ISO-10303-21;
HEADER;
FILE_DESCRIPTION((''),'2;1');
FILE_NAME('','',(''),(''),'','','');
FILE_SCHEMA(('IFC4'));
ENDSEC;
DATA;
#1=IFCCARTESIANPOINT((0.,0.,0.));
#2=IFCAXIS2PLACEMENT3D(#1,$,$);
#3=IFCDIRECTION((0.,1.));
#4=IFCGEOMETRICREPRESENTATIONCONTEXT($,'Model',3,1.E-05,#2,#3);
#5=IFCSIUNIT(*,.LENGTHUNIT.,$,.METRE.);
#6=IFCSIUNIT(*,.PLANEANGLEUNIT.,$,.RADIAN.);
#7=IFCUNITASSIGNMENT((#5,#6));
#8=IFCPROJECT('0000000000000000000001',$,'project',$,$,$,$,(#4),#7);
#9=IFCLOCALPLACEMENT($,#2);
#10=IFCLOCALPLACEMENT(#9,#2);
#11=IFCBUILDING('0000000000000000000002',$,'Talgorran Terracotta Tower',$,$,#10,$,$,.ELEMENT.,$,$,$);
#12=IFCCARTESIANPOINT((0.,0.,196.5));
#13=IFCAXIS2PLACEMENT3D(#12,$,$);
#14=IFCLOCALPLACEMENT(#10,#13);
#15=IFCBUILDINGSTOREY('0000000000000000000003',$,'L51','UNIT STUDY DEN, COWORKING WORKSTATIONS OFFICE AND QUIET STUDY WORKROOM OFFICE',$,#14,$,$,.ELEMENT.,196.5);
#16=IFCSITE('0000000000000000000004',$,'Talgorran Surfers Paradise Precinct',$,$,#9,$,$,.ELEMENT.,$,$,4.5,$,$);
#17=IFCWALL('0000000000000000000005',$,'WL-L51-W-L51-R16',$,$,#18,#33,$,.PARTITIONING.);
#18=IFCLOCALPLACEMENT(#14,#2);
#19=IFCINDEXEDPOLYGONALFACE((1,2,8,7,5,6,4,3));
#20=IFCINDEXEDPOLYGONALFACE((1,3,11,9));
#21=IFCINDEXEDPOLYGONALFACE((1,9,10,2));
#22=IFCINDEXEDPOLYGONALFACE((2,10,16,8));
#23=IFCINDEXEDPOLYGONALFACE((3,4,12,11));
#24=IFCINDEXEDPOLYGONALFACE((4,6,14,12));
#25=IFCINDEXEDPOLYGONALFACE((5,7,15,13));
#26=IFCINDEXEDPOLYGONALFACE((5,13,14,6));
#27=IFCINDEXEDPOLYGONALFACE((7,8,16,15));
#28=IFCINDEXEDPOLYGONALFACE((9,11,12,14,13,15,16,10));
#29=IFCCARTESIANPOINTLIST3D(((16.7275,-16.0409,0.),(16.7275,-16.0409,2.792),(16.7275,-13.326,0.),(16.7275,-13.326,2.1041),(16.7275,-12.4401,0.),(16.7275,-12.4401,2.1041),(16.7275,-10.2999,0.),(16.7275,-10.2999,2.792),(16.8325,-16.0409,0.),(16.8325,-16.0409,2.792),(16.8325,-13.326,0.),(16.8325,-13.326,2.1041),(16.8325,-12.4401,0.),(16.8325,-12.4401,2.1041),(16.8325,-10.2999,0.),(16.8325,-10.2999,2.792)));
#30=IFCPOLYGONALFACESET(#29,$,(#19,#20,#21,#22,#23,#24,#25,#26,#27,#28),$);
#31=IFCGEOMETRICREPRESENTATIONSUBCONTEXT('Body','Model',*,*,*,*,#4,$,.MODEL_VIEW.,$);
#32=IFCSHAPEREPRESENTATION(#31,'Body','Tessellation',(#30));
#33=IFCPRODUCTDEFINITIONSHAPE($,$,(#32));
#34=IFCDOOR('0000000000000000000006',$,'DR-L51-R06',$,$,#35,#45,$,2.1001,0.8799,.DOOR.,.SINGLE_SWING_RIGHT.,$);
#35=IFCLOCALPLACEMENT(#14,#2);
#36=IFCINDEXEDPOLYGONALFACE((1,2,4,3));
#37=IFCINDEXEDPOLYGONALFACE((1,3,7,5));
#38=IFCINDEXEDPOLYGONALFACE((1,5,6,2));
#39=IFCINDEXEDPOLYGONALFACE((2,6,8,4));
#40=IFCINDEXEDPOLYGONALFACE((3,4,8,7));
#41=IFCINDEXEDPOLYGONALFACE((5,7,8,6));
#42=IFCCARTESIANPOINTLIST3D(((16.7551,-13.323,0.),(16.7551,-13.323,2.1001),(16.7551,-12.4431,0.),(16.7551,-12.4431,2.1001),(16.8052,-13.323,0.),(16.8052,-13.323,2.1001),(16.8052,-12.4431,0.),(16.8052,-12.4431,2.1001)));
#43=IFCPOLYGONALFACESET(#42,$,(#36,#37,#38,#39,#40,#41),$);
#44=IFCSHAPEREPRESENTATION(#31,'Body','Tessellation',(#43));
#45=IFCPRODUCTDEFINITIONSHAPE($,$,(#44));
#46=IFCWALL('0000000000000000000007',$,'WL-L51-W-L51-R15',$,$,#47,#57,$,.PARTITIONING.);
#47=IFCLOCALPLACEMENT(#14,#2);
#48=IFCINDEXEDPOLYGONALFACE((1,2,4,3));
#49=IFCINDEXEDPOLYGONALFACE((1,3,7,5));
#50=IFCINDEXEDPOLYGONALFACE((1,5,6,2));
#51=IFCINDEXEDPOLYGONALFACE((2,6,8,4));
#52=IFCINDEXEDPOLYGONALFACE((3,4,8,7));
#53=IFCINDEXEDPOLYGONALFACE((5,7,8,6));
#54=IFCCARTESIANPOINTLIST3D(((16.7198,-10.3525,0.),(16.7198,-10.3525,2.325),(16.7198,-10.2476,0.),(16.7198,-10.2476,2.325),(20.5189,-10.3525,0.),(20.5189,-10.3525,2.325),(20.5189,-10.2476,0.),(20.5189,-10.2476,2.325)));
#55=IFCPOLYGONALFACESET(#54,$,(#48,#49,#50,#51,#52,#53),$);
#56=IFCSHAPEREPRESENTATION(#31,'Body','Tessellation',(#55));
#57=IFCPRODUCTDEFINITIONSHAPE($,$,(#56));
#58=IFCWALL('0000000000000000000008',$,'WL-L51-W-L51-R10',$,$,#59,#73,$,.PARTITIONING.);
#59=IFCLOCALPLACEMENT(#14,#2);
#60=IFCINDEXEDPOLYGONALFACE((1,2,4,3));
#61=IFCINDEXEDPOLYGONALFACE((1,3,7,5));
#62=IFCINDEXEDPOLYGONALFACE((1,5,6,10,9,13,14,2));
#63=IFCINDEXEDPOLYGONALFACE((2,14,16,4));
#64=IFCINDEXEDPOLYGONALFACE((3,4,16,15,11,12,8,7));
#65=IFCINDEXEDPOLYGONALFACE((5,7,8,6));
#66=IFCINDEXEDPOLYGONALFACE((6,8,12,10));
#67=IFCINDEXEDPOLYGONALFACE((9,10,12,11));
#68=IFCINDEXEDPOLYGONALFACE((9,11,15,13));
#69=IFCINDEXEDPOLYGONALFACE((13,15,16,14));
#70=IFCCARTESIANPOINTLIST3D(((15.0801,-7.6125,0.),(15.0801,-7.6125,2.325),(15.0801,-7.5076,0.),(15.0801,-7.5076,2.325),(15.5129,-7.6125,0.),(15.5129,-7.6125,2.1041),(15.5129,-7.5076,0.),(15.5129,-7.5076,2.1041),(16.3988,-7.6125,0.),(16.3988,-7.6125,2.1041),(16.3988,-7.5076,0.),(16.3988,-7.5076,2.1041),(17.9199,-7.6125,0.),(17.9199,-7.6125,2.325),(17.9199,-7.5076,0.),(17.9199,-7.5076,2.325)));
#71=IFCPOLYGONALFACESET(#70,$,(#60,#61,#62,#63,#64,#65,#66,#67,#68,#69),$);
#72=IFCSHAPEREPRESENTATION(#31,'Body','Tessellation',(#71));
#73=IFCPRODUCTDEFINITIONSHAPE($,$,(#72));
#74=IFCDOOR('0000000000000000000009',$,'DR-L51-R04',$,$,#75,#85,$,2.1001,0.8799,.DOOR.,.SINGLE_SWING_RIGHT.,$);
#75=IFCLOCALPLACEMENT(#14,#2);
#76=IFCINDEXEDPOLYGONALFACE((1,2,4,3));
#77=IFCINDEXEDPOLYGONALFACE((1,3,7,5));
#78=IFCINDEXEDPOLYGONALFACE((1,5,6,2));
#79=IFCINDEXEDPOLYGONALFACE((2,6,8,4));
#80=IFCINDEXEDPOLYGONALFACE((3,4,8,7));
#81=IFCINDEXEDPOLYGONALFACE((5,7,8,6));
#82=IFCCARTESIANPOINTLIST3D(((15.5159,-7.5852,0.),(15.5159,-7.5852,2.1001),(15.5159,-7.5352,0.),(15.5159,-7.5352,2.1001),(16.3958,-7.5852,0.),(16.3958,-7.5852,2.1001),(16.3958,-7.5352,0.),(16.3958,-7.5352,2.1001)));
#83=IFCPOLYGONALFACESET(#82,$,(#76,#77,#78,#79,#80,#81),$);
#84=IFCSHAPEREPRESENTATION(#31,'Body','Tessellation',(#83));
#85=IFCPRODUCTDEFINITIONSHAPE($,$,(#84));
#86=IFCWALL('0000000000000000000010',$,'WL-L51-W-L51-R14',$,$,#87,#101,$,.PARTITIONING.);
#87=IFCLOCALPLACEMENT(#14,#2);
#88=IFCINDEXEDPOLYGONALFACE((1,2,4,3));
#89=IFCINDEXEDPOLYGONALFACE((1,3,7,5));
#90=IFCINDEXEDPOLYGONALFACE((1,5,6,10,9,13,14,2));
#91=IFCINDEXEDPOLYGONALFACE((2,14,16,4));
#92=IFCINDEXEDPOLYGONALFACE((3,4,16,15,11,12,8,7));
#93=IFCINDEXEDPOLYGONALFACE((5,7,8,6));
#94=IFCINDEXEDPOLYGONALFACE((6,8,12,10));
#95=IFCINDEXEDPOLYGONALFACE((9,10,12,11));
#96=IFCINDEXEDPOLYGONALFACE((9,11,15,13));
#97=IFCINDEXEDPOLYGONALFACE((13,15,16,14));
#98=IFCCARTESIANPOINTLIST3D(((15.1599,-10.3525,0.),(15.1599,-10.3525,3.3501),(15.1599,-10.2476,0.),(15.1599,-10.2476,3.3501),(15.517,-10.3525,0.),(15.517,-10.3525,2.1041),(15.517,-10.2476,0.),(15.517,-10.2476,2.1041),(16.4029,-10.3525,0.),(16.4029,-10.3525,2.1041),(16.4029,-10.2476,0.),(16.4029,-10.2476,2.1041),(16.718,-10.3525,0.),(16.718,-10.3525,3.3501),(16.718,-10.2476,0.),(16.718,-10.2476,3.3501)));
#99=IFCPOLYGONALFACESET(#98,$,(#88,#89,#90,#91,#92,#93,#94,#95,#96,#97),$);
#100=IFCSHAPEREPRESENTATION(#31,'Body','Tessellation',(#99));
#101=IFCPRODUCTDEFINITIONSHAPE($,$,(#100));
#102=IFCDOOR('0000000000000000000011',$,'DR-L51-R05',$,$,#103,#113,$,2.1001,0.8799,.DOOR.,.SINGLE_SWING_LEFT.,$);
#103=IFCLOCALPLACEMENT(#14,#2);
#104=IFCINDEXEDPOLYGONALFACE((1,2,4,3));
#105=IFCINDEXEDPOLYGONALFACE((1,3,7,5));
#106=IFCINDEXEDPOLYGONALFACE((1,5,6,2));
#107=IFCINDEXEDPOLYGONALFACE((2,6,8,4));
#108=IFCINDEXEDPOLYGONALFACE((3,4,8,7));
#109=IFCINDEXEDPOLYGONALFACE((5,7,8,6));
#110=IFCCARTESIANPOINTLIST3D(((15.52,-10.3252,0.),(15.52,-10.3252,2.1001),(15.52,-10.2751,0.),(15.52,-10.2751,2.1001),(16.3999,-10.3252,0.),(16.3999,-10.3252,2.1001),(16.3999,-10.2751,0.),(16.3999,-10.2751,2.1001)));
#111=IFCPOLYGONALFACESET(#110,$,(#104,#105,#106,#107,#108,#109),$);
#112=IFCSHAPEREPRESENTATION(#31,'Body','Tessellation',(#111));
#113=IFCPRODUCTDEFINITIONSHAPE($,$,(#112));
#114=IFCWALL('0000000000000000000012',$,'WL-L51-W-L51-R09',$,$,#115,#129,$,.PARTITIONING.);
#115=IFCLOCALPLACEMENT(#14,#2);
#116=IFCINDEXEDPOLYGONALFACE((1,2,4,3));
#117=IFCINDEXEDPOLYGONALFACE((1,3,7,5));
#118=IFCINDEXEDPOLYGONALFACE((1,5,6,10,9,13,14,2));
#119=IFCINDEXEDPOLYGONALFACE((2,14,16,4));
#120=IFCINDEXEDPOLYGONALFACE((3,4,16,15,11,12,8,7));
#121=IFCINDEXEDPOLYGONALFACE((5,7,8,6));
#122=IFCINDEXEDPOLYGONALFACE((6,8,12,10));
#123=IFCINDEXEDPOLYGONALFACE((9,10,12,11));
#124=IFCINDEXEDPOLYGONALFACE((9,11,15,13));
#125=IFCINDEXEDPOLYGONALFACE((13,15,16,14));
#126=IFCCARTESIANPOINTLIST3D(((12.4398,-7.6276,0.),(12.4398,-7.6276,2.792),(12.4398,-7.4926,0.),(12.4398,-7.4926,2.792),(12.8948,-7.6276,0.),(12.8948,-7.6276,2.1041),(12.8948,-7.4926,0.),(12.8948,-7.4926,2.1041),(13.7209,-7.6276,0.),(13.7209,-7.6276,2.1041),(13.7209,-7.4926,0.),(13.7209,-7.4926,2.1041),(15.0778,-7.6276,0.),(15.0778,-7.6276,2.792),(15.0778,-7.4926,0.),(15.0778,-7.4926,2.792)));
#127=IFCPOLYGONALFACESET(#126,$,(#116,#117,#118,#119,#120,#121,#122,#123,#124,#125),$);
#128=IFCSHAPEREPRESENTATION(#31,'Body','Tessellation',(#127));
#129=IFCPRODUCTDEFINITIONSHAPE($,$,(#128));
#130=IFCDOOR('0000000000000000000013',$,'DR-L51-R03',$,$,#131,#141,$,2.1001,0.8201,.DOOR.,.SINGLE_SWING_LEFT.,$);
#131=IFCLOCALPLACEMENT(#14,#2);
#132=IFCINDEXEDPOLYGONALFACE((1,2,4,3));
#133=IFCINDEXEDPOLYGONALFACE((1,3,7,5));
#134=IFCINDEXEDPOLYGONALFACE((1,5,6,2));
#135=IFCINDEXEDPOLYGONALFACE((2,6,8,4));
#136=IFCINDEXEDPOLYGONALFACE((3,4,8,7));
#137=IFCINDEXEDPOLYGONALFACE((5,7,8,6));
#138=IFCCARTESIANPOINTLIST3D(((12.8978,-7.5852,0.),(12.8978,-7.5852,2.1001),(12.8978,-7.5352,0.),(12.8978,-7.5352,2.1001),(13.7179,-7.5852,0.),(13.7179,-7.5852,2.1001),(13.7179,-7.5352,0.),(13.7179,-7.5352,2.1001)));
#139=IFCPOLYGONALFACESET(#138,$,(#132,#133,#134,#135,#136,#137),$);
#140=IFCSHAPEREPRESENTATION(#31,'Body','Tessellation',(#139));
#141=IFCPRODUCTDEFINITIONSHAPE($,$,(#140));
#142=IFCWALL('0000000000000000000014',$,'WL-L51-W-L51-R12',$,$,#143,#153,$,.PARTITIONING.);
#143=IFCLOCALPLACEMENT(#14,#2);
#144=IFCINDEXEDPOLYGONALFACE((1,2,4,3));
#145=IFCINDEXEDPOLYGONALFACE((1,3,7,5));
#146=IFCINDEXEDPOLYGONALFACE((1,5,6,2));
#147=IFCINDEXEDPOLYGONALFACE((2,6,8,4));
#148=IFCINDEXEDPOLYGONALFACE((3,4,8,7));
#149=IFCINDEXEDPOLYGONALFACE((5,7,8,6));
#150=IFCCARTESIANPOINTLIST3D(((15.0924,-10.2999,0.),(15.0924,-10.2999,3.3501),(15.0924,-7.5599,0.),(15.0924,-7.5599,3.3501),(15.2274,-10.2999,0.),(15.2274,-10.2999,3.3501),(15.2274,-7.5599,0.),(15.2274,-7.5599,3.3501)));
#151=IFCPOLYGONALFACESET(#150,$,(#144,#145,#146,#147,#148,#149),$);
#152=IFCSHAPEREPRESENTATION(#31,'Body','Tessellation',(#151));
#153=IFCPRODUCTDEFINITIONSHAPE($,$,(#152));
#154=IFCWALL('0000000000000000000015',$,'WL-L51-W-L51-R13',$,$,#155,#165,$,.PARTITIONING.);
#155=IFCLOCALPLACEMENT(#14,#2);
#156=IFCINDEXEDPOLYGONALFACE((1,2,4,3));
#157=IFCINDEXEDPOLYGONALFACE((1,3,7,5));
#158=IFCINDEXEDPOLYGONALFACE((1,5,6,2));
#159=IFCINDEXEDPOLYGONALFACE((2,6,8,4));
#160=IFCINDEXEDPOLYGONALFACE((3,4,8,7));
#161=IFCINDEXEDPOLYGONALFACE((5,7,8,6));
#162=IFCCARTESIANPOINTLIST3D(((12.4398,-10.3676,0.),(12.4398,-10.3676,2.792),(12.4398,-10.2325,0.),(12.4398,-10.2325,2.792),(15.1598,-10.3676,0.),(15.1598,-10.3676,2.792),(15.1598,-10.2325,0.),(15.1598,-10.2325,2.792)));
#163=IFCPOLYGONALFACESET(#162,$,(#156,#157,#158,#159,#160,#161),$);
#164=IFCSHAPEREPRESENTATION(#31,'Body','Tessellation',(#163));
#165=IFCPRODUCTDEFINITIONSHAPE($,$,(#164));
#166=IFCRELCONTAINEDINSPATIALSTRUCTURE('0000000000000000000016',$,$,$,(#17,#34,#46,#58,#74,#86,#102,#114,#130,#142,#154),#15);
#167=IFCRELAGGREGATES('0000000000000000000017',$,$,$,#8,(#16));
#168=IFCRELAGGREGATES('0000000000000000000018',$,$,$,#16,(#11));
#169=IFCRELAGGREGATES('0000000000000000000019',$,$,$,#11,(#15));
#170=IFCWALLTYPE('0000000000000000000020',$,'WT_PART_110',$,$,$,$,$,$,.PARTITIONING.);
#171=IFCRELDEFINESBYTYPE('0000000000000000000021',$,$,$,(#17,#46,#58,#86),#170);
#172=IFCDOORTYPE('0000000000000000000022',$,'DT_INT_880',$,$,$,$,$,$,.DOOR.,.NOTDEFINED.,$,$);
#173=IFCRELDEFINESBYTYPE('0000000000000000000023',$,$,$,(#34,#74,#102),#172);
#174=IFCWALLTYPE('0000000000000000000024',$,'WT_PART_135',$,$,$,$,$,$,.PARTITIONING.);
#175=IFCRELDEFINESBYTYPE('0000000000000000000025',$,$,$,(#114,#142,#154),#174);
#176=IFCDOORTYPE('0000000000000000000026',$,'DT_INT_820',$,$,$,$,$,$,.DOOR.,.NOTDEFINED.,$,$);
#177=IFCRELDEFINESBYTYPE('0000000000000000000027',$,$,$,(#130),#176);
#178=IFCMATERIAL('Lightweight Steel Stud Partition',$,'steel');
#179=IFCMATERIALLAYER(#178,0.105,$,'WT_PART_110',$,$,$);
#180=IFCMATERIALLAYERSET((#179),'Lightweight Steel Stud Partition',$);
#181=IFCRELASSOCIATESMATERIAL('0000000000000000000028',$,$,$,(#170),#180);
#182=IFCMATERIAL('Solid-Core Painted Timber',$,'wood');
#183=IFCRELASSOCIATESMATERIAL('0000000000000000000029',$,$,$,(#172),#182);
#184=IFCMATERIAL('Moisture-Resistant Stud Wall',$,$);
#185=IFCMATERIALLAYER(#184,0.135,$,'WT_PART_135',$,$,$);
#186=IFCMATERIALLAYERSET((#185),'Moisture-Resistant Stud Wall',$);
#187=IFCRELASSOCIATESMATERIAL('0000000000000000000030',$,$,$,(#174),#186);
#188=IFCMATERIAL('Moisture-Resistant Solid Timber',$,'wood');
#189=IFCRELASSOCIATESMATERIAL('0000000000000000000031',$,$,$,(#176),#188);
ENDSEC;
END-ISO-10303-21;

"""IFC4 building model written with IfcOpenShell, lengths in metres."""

from ifc_helpers import new_model, si_unit, direction, frame, frame_2d, origin, place, context, subcontext, project, spatial, rectangle, extrude, material, layer, layer_set, type_object, element, fill, save


model = new_model("IFC4")

# Units and contexts
model_context = context("Model", 3, precision=1e-05, world=origin(), true_north=direction((0.0, 1.0)))
body_context = subcontext(model_context, "Body", "Model", "MODEL_VIEW")
ifc_project = project(units=[si_unit("LENGTHUNIT", "METRE"), si_unit("PLANEANGLEUNIT", "RADIAN")], contexts=[model_context])

# Site, building, storey
site_placement = place(None, origin())
site = spatial("IfcSite", under=ifc_project, at=site_placement, Name="Talgorran Surfers Paradise Precinct", CompositionType="ELEMENT", RefElevation=4.5)
building_placement = place(site_placement, origin())
building = spatial("IfcBuilding", under=site, at=building_placement, Name="Talgorran Terracotta Tower", CompositionType="ELEMENT")
storey_placement = place(building_placement, frame((0.0, 0.0, 196.5)))
storey = spatial("IfcBuildingStorey", under=building, at=storey_placement, Name="L51", Description="UNIT STUDY DEN, COWORKING WORKSTATIONS OFFICE AND QUIET STUDY WORKROOM OFFICE", CompositionType="ELEMENT", Elevation=196.5)

# Wall, opening, door
ifc_material_1 = material(Name="Lightweight Steel Stud Partition", Category="steel")
ifc_layer_1 = layer(ifc_material_1, 0.105, Name="WT_PART_110")
ifc_layer_set_1 = layer_set([ifc_layer_1], Name="Lightweight Steel Stud Partition")
wall_type_1 = type_object("IfcWallType", Name="WT_PART_110", PredefinedType="PARTITIONING", material=ifc_layer_set_1)
wall_1_placement = place(storey_placement, frame((16.78, -16.041, 0.0), z_axis=(0.0, 0.0, 1.0), x_axis=(0.0, 1.0, 0.0)))
wall_1 = element("IfcWall", 1, at=wall_1_placement, inside=storey, type_object=wall_type_1, Name="WL-L51-W-L51-R16", PredefinedType="PARTITIONING", context=body_context, shape_type="SweptSolid", body=[
    extrude(rectangle(XDim=5.741, YDim=0.105, at=frame_2d((2.8706, 0.0))), origin(), (0.0, 0.0, 1.0), 2.792),
])
opening_1_placement = place(wall_1_placement, frame((2.718, 0.0, 0.0)))
opening_1 = element("IfcOpeningElement", 2, at=opening_1_placement, cuts=wall_1, PredefinedType="OPENING", context=body_context, shape_type="SweptSolid", body=[
    extrude(rectangle(XDim=0.8859, YDim=2.1041, at=frame_2d((0.4399, 1.052))), frame((0.0, 0.0625, 0.0), z_axis=(0.0, -1.0, 0.0), x_axis=(1.0, 0.0, 0.0)), (0.0, 0.0, 1.0), 0.125),
])
ifc_material_2 = material(Name="Solid-Core Painted Timber", Category="wood")
door_type_1 = type_object("IfcDoorType", Name="DT_INT_880", OperationType="NOTDEFINED", PredefinedType="DOOR", material=ifc_material_2)
door_1_placement = place(opening_1_placement, origin())
door_1 = element("IfcDoor", 3, at=door_1_placement, inside=storey, type_object=door_type_1, Name="DR-L51-R06", OperationType="SINGLE_SWING_RIGHT", OverallHeight=2.1001, OverallWidth=0.8799, PredefinedType="DOOR", context=body_context, shape_type="SweptSolid", body=[
    extrude(rectangle(XDim=0.8799, YDim=2.1001, at=frame_2d((0.4399, 1.05))), frame((0.0, 0.0249, 0.0), z_axis=(0.0, -1.0, 0.0), x_axis=(1.0, 0.0, 0.0)), (0.0, 0.0, 1.0), 0.05),
])
fill(opening_1, door_1)

# Wall
wall_2_placement = place(storey_placement, frame((16.72, -10.3, 0.0), z_axis=(0.0, 0.0, 1.0), x_axis=(1.0, 0.0, 0.0)))
element("IfcWall", 4, at=wall_2_placement, inside=storey, type_object=wall_type_1, Name="WL-L51-W-L51-R15", PredefinedType="PARTITIONING", context=body_context, shape_type="SweptSolid", body=[
    extrude(rectangle(XDim=3.7991, YDim=0.105, at=frame_2d((1.8994, 0.0))), origin(), (0.0, 0.0, 1.0), 2.325),
])

# Walls, openings, doors
wall_3_placement = place(storey_placement, frame((15.0801, -7.5601, 0.0), z_axis=(0.0, 0.0, 1.0), x_axis=(1.0, 0.0, 0.0)))
wall_3 = element("IfcWall", 5, at=wall_3_placement, inside=storey, type_object=wall_type_1, Name="WL-L51-W-L51-R10", PredefinedType="PARTITIONING", context=body_context, shape_type="SweptSolid", body=[
    extrude(rectangle(XDim=2.8398, YDim=0.105, at=frame_2d((1.4199, 0.0))), origin(), (0.0, 0.0, 1.0), 2.325),
])
opening_2_placement = place(wall_3_placement, frame((0.4358, 0.0, 0.0)))
opening_2 = element("IfcOpeningElement", 6, at=opening_2_placement, cuts=wall_3, PredefinedType="OPENING", context=body_context, shape_type="SweptSolid", body=[
    extrude(rectangle(XDim=0.8859, YDim=2.1041, at=frame_2d((0.4399, 1.052))), frame((0.0, 0.0625, 0.0), z_axis=(0.0, -1.0, 0.0), x_axis=(1.0, 0.0, 0.0)), (0.0, 0.0, 1.0), 0.125),
])
door_2_placement = place(opening_2_placement, origin())
door_2 = element("IfcDoor", 7, at=door_2_placement, inside=storey, type_object=door_type_1, Name="DR-L51-R04", OperationType="SINGLE_SWING_RIGHT", OverallHeight=2.1001, OverallWidth=0.8799, PredefinedType="DOOR", context=body_context, shape_type="SweptSolid", body=[
    extrude(rectangle(XDim=0.8799, YDim=2.1001, at=frame_2d((0.4399, 1.05))), frame((0.0, 0.0249, 0.0), z_axis=(0.0, -1.0, 0.0), x_axis=(1.0, 0.0, 0.0)), (0.0, 0.0, 1.0), 0.05),
])
fill(opening_2, door_2)
wall_4_placement = place(storey_placement, frame((15.1599, -10.3, 0.0), z_axis=(0.0, 0.0, 1.0), x_axis=(1.0, 0.0, 0.0)))
wall_4 = element("IfcWall", 8, at=wall_4_placement, inside=storey, type_object=wall_type_1, Name="WL-L51-W-L51-R14", PredefinedType="PARTITIONING", context=body_context, shape_type="SweptSolid", body=[
    extrude(rectangle(XDim=1.5581, YDim=0.105, at=frame_2d((0.7791, 0.0))), origin(), (0.0, 0.0, 1.0), 3.3501),
])
opening_3_placement = place(wall_4_placement, frame((0.3601, 0.0, 0.0)))
opening_3 = element("IfcOpeningElement", 9, at=opening_3_placement, cuts=wall_4, PredefinedType="OPENING", context=body_context, shape_type="SweptSolid", body=[
    extrude(rectangle(XDim=0.8859, YDim=2.1041, at=frame_2d((0.4399, 1.052))), frame((0.0, 0.0625, 0.0), z_axis=(0.0, -1.0, 0.0), x_axis=(1.0, 0.0, 0.0)), (0.0, 0.0, 1.0), 0.125),
])
door_3_placement = place(opening_3_placement, origin())
door_3 = element("IfcDoor", 10, at=door_3_placement, inside=storey, type_object=door_type_1, Name="DR-L51-R05", OperationType="SINGLE_SWING_LEFT", OverallHeight=2.1001, OverallWidth=0.8799, PredefinedType="DOOR", context=body_context, shape_type="SweptSolid", body=[
    extrude(rectangle(XDim=0.8799, YDim=2.1001, at=frame_2d((0.4399, 1.05))), frame((0.0, 0.0249, 0.0), z_axis=(0.0, -1.0, 0.0), x_axis=(1.0, 0.0, 0.0)), (0.0, 0.0, 1.0), 0.05),
])
fill(opening_3, door_3)
ifc_material_3 = material(Name="Moisture-Resistant Stud Wall")
ifc_layer_2 = layer(ifc_material_3, 0.135, Name="WT_PART_135")
ifc_layer_set_2 = layer_set([ifc_layer_2], Name="Moisture-Resistant Stud Wall")
wall_type_2 = type_object("IfcWallType", Name="WT_PART_135", PredefinedType="PARTITIONING", material=ifc_layer_set_2)
wall_5_placement = place(storey_placement, frame((12.4399, -7.5601, 0.0), z_axis=(0.0, 0.0, 1.0), x_axis=(1.0, 0.0, 0.0)))
wall_5 = element("IfcWall", 11, at=wall_5_placement, inside=storey, type_object=wall_type_2, Name="WL-L51-W-L51-R09", PredefinedType="PARTITIONING", context=body_context, shape_type="SweptSolid", body=[
    extrude(rectangle(XDim=2.6379, YDim=0.135, at=frame_2d((1.3188, 0.0))), origin(), (0.0, 0.0, 1.0), 2.792),
])
opening_4_placement = place(wall_5_placement, frame((0.4578, 0.0, 0.0)))
opening_4 = element("IfcOpeningElement", 12, at=opening_4_placement, cuts=wall_5, PredefinedType="OPENING", context=body_context, shape_type="SweptSolid", body=[
    extrude(rectangle(XDim=0.8261, YDim=2.1041, at=frame_2d((0.4102, 1.052))), frame((0.0, 0.0776, 0.0), z_axis=(0.0, -1.0, 0.0), x_axis=(1.0, 0.0, 0.0)), (0.0, 0.0, 1.0), 0.155),
])
ifc_material_4 = material(Name="Moisture-Resistant Solid Timber", Category="wood")
door_type_2 = type_object("IfcDoorType", Name="DT_INT_820", OperationType="NOTDEFINED", PredefinedType="DOOR", material=ifc_material_4)
door_4_placement = place(opening_4_placement, origin())
door_4 = element("IfcDoor", 13, at=door_4_placement, inside=storey, type_object=door_type_2, Name="DR-L51-R03", OperationType="SINGLE_SWING_LEFT", OverallHeight=2.1001, OverallWidth=0.8201, PredefinedType="DOOR", context=body_context, shape_type="SweptSolid", body=[
    extrude(rectangle(XDim=0.8201, YDim=2.1001, at=frame_2d((0.4102, 1.05))), frame((0.0, 0.0249, 0.0), z_axis=(0.0, -1.0, 0.0), x_axis=(1.0, 0.0, 0.0)), (0.0, 0.0, 1.0), 0.05),
])
fill(opening_4, door_4)

# Walls
wall_6_placement = place(storey_placement, frame((15.1599, -10.3, 0.0), z_axis=(0.0, 0.0, 1.0), x_axis=(0.0, 1.0, 0.0)))
element("IfcWall", 14, at=wall_6_placement, inside=storey, type_object=wall_type_2, Name="WL-L51-W-L51-R12", PredefinedType="PARTITIONING", context=body_context, shape_type="SweptSolid", body=[
    extrude(rectangle(XDim=2.74, YDim=0.135, at=frame_2d((1.3701, 0.0))), origin(), (0.0, 0.0, 1.0), 3.3501),
])
wall_7_placement = place(storey_placement, frame((12.4399, -10.3, 0.0), z_axis=(0.0, 0.0, 1.0), x_axis=(1.0, 0.0, 0.0)))
element("IfcWall", 15, at=wall_7_placement, inside=storey, type_object=wall_type_2, Name="WL-L51-W-L51-R13", PredefinedType="PARTITIONING", context=body_context, shape_type="SweptSolid", body=[
    extrude(rectangle(XDim=2.72, YDim=0.135, at=frame_2d((1.3599, 0.0))), origin(), (0.0, 0.0, 1.0), 2.792),
])

save(model, "model.ifc")
